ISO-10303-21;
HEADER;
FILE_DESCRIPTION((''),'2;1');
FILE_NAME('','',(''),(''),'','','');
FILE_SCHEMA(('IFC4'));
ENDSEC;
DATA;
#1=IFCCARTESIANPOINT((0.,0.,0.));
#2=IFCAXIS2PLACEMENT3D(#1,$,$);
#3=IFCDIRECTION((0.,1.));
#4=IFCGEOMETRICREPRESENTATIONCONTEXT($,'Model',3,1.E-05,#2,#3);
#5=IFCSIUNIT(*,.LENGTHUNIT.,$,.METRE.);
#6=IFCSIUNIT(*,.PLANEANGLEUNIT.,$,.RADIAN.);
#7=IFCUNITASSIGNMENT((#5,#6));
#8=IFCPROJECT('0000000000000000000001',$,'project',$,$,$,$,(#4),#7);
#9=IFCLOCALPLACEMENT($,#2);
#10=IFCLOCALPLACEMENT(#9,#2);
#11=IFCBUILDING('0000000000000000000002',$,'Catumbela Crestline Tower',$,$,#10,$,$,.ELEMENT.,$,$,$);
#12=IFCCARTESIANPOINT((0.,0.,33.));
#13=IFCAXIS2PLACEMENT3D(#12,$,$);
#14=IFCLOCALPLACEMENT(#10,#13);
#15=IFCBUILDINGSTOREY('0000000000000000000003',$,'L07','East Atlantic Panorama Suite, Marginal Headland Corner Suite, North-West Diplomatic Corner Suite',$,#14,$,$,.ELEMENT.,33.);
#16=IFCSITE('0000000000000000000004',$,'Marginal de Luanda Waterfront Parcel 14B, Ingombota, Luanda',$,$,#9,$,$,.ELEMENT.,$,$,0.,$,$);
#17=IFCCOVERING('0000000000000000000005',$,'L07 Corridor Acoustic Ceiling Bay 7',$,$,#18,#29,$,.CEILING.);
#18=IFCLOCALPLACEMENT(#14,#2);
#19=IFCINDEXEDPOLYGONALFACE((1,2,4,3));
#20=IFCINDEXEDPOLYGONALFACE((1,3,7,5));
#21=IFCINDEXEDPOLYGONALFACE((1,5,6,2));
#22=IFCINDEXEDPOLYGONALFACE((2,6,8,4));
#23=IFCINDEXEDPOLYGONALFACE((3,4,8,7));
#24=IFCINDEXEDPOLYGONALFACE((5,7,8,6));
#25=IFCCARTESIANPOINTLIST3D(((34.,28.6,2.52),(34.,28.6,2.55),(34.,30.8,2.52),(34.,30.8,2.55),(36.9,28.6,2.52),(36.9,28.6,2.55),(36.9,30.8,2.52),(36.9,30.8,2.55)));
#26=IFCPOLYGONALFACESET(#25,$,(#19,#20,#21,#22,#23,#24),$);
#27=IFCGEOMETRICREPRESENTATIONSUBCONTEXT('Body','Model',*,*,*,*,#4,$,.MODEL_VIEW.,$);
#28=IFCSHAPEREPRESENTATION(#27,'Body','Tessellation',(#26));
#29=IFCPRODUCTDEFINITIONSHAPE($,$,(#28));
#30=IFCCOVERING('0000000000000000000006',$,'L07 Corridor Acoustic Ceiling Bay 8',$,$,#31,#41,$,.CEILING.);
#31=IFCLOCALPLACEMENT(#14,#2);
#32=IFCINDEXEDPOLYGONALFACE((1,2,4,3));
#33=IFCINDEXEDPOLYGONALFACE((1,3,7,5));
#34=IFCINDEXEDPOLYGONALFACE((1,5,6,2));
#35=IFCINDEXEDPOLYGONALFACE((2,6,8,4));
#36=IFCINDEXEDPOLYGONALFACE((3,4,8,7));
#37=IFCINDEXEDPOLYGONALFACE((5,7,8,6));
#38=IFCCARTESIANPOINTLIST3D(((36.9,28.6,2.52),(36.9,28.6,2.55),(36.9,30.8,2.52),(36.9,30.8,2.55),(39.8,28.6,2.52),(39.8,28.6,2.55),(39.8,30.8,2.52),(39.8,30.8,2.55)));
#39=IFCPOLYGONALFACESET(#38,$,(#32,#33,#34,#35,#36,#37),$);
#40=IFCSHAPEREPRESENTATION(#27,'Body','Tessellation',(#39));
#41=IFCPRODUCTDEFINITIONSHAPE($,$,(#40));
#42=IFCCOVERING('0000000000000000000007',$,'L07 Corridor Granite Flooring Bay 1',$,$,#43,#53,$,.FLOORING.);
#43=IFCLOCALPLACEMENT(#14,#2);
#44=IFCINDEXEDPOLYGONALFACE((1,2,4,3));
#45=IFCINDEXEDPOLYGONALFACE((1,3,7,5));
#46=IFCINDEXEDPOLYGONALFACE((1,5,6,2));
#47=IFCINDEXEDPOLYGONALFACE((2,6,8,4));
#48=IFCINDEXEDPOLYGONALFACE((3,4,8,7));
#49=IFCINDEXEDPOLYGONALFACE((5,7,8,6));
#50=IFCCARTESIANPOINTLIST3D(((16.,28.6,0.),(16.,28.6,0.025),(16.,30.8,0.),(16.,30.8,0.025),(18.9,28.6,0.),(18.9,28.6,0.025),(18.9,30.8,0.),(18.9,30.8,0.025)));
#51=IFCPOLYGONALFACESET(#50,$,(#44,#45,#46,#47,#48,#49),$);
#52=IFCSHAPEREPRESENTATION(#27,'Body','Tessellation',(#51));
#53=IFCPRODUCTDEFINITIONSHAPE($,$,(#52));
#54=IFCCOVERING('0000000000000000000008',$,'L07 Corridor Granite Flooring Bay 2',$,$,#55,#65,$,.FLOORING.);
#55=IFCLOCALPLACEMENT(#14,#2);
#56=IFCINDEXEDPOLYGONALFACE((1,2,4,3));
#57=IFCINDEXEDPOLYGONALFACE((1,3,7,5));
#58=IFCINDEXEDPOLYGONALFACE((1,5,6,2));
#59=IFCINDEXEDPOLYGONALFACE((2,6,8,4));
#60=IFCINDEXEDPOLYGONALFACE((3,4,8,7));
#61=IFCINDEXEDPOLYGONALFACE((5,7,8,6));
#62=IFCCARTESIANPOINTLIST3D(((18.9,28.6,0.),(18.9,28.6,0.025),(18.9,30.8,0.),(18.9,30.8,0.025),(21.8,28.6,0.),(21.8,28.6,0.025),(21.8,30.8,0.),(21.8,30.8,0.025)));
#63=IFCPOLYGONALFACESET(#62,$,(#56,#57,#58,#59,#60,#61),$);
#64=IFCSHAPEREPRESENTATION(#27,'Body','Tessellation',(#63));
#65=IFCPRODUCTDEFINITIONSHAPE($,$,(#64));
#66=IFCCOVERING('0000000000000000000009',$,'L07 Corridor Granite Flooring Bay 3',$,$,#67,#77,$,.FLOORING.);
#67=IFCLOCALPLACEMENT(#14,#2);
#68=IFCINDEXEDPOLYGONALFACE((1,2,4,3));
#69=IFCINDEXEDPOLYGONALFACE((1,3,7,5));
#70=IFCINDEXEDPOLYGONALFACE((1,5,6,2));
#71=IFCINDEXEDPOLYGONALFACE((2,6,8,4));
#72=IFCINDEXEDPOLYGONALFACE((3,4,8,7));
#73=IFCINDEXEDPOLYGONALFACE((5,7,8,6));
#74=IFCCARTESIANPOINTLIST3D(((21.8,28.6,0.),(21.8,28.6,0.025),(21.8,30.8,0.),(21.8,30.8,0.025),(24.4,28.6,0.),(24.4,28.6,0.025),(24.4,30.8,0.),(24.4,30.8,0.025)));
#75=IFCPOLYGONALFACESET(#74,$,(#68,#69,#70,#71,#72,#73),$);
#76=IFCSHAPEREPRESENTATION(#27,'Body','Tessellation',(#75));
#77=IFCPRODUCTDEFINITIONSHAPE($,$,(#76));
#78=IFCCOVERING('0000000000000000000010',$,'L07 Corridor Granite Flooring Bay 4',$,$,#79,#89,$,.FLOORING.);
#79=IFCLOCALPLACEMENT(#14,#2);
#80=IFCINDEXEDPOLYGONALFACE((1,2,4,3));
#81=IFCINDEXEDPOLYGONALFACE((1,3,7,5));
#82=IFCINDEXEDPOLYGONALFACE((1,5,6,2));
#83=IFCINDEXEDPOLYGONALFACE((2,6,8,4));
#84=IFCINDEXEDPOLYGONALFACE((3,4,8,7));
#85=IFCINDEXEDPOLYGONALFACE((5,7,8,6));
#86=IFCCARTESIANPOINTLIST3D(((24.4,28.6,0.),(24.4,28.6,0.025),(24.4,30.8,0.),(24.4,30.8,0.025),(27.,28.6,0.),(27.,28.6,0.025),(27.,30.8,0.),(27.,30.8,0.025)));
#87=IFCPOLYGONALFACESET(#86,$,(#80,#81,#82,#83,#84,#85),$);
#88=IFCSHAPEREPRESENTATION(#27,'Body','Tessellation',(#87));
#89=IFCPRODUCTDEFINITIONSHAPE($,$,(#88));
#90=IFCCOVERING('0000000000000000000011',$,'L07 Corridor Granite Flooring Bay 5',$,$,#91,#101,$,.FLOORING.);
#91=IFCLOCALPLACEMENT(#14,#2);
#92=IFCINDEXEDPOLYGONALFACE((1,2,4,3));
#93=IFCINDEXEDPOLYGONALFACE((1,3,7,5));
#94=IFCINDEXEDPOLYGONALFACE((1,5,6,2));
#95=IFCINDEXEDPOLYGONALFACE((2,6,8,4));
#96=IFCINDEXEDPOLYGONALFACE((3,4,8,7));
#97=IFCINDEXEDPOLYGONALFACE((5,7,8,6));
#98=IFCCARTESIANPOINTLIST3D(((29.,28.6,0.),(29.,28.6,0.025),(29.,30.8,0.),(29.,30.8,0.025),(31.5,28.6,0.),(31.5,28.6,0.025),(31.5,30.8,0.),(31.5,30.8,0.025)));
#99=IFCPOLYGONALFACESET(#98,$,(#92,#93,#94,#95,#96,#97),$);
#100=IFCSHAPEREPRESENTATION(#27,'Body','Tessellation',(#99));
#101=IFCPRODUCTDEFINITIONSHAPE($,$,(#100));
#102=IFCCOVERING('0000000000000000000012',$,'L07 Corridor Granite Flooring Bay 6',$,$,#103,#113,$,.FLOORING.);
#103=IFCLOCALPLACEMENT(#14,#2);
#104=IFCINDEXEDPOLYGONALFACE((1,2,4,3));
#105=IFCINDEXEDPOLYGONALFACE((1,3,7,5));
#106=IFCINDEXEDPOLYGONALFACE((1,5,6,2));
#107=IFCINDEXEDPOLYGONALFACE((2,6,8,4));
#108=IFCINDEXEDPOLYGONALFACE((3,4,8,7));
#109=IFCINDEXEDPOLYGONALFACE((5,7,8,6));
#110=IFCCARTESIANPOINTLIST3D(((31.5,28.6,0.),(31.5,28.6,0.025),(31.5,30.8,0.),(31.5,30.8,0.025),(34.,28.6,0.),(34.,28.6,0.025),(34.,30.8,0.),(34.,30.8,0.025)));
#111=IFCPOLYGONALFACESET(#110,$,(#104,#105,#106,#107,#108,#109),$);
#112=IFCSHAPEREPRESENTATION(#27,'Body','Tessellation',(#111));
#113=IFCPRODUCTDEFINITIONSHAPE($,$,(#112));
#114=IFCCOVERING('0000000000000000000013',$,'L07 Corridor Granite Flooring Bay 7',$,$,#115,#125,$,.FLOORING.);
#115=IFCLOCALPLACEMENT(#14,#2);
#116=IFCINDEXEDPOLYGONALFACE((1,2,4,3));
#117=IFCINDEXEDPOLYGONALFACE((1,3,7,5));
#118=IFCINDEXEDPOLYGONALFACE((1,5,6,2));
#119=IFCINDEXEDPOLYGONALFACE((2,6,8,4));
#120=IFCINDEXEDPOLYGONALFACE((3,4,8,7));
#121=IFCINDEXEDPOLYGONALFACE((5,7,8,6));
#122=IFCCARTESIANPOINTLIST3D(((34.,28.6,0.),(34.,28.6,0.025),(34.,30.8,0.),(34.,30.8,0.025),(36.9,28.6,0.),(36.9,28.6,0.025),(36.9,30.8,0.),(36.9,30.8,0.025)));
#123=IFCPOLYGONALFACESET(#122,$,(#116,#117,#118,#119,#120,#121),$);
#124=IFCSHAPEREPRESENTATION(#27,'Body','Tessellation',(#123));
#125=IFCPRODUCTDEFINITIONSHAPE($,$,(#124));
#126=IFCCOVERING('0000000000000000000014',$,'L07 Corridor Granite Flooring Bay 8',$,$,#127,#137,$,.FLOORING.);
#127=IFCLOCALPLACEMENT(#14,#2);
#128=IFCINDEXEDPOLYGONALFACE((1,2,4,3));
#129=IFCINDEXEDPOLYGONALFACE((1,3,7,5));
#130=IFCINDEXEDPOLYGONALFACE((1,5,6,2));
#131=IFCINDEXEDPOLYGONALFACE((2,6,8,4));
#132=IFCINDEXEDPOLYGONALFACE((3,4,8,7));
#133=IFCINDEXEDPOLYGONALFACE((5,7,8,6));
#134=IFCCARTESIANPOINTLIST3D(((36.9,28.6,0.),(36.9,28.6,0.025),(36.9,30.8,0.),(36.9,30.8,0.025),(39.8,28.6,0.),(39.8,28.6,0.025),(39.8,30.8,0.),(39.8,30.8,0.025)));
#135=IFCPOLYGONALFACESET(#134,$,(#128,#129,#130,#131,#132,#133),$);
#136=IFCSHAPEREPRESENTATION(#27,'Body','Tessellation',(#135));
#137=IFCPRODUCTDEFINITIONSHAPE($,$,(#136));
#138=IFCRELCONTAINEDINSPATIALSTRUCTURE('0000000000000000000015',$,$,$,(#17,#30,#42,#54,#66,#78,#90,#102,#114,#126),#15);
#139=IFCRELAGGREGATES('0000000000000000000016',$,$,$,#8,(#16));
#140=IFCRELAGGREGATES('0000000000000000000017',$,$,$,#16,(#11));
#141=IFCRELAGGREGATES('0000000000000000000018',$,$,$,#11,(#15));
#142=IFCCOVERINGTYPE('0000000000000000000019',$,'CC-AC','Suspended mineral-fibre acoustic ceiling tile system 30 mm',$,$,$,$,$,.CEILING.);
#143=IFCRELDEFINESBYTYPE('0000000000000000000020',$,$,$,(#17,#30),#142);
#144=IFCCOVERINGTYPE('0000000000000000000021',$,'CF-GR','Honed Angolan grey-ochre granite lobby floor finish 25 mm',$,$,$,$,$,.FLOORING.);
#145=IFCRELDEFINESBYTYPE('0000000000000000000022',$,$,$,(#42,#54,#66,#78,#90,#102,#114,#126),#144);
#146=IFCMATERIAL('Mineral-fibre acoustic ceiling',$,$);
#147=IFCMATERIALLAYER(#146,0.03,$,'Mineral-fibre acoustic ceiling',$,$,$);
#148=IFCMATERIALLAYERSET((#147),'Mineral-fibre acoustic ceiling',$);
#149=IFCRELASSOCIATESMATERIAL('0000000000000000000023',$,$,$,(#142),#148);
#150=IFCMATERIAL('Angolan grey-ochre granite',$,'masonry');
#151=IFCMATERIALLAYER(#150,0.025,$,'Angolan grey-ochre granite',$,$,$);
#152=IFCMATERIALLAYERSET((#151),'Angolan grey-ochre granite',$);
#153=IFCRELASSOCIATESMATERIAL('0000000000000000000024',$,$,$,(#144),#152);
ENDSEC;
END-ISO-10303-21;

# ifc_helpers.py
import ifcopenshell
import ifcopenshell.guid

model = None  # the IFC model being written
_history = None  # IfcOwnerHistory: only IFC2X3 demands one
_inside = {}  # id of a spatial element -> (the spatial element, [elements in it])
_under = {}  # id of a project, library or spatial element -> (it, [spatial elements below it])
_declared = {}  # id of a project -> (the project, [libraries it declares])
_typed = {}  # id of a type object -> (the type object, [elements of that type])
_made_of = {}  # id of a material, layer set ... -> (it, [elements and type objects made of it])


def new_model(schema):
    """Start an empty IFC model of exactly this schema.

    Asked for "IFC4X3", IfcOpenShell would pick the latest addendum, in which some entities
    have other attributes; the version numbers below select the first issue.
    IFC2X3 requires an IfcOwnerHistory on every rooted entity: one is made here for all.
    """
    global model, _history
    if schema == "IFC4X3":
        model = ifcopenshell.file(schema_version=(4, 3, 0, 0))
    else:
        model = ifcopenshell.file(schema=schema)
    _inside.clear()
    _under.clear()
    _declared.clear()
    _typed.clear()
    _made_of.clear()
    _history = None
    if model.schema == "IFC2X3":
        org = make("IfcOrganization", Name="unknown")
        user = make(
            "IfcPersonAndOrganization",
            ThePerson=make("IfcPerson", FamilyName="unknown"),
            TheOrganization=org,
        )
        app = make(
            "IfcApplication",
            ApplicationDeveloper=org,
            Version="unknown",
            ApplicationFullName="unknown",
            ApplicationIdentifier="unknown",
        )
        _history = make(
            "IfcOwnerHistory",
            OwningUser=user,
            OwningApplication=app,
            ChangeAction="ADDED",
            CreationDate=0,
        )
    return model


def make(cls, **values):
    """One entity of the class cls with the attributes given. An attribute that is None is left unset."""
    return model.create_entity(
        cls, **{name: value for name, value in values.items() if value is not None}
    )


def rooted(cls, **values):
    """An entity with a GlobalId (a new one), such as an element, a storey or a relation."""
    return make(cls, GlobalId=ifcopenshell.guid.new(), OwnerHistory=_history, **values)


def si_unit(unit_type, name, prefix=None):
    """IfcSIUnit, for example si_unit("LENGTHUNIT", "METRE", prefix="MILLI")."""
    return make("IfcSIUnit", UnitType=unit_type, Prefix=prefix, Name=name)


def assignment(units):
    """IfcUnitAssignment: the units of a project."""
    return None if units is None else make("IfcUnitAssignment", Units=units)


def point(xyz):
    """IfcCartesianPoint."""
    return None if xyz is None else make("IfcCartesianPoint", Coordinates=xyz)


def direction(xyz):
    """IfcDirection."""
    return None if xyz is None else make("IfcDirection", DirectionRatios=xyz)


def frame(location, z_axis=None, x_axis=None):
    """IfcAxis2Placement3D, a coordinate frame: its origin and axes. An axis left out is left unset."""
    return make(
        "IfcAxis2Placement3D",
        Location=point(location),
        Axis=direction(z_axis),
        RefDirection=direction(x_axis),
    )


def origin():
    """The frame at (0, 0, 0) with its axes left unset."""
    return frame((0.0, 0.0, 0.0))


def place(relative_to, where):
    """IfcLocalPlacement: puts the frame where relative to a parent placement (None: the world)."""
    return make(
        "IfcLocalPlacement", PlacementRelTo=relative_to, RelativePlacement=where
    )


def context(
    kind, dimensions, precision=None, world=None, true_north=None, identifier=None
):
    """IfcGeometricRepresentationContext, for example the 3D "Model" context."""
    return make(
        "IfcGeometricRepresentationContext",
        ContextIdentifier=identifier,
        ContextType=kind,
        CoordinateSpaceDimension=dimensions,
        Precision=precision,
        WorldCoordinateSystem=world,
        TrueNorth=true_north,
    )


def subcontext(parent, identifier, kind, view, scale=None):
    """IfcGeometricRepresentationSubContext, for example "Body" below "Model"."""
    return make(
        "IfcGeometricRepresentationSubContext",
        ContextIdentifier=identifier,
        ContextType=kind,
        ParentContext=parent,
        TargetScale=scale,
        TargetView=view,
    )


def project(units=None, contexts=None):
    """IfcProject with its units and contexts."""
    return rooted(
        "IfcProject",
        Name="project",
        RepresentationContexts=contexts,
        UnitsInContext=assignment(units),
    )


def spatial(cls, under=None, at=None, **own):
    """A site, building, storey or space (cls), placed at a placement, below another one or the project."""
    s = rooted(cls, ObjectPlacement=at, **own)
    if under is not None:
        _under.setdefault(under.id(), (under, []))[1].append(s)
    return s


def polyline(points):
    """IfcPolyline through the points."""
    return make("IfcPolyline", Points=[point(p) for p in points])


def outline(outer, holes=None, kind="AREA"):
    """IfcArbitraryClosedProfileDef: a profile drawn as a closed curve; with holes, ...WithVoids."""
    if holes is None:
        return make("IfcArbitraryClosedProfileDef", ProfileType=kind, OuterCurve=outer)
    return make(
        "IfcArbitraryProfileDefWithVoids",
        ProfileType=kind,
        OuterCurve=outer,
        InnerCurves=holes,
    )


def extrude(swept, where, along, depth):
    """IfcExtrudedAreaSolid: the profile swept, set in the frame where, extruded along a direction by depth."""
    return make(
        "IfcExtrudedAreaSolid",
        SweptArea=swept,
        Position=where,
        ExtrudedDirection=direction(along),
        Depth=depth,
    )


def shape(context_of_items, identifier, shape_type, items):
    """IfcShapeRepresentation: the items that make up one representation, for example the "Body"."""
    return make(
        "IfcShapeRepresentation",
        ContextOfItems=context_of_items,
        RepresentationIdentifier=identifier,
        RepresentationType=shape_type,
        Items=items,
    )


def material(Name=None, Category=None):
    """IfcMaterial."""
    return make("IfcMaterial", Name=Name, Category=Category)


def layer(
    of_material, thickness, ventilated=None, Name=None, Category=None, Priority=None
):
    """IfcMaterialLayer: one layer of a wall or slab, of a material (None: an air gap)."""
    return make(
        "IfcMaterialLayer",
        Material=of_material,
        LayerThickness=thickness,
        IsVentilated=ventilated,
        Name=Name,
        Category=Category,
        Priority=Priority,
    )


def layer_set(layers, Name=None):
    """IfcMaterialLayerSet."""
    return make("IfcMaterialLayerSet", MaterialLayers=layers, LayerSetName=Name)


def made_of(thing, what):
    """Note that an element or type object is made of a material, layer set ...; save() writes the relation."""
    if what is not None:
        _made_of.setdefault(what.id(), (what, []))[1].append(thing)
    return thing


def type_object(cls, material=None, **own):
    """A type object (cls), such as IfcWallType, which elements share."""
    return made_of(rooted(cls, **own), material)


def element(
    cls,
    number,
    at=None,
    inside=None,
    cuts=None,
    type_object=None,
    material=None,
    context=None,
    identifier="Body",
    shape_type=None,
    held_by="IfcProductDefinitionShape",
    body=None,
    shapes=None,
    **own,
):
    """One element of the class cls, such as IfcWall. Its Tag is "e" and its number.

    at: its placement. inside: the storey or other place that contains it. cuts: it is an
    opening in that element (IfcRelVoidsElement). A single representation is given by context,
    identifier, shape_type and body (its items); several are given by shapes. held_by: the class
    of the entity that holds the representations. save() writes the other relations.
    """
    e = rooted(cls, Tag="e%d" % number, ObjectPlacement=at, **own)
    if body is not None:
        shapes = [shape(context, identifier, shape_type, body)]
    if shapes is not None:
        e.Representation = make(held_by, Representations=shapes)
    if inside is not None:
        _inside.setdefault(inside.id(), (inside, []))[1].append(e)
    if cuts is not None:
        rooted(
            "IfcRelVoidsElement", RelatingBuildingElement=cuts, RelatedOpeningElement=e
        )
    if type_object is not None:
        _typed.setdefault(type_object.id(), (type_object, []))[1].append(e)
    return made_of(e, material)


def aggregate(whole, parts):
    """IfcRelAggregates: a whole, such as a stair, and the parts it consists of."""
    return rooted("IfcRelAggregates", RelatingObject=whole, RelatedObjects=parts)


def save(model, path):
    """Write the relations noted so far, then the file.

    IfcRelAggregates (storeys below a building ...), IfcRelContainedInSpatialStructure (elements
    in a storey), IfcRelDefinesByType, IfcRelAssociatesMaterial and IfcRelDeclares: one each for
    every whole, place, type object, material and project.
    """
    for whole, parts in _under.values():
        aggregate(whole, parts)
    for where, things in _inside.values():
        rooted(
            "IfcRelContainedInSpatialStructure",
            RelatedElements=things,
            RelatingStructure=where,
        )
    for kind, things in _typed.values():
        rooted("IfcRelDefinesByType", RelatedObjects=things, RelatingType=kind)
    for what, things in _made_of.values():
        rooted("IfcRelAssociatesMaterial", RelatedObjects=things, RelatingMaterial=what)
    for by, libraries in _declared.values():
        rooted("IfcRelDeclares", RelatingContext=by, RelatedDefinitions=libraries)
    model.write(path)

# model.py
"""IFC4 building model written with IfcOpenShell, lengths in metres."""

from ifc_helpers import new_model, si_unit, direction, frame, origin, place, context, subcontext, project, spatial, polyline, outline, extrude, material, layer, layer_set, type_object, element, save


model = new_model("IFC4")

# Units and contexts
model_context = context("Model", 3, precision=1e-05, world=origin(), true_north=direction((0.0, 1.0)))
body_context = subcontext(model_context, "Body", "Model", "MODEL_VIEW")
ifc_project = project(units=[si_unit("LENGTHUNIT", "METRE"), si_unit("PLANEANGLEUNIT", "RADIAN")], contexts=[model_context])

# Site, building, storey
site_placement = place(None, origin())
site = spatial("IfcSite", under=ifc_project, at=site_placement, Name="Marginal de Luanda Waterfront Parcel 14B, Ingombota, Luanda", CompositionType="ELEMENT", RefElevation=0.0)
building_placement = place(site_placement, origin())
building = spatial("IfcBuilding", under=site, at=building_placement, Name="Catumbela Crestline Tower", CompositionType="ELEMENT")
storey_placement = place(building_placement, frame((0.0, 0.0, 33.0)))
storey = spatial("IfcBuildingStorey", under=building, at=storey_placement, Name="L07", Description="East Atlantic Panorama Suite, Marginal Headland Corner Suite, North-West Diplomatic Corner Suite", CompositionType="ELEMENT", Elevation=33.0)

# Shared definitions
ifc_material_1 = material(Name="Angolan grey-ochre granite", Category="masonry")

# Coverings
ifc_material_2 = material(Name="Mineral-fibre acoustic ceiling")
ifc_layer_1 = layer(ifc_material_2, 0.03, Name="Mineral-fibre acoustic ceiling")
ifc_layer_set_1 = layer_set([ifc_layer_1], Name="Mineral-fibre acoustic ceiling")
covering_type_1 = type_object("IfcCoveringType", Name="CC-AC", Description="Suspended mineral-fibre acoustic ceiling tile system 30 mm", PredefinedType="CEILING", material=ifc_layer_set_1)
covering_1_placement = place(storey_placement, frame((0.0, 0.0, 2.52)))
element("IfcCovering", 1, at=covering_1_placement, inside=storey, type_object=covering_type_1, Name="L07 Corridor Acoustic Ceiling Bay 7", PredefinedType="CEILING", context=body_context, shape_type="SweptSolid", body=[
    extrude(outline(polyline([(34.0, 28.6), (36.9, 28.6), (36.9, 30.8), (34.0, 30.8), (34.0, 28.6)])), origin(), (0.0, 0.0, 1.0), 0.03),
])
covering_2_placement = place(storey_placement, frame((0.0, 0.0, 2.52)))
element("IfcCovering", 2, at=covering_2_placement, inside=storey, type_object=covering_type_1, Name="L07 Corridor Acoustic Ceiling Bay 8", PredefinedType="CEILING", context=body_context, shape_type="SweptSolid", body=[
    extrude(outline(polyline([(36.9, 28.6), (39.8, 28.6), (39.8, 30.8), (36.9, 30.8), (36.9, 28.6)])), origin(), (0.0, 0.0, 1.0), 0.03),
])
ifc_layer_2 = layer(ifc_material_1, 0.025, Name="Angolan grey-ochre granite")
ifc_layer_set_2 = layer_set([ifc_layer_2], Name="Angolan grey-ochre granite")
covering_type_2 = type_object("IfcCoveringType", Name="CF-GR", Description="Honed Angolan grey-ochre granite lobby floor finish 25 mm", PredefinedType="FLOORING", material=ifc_layer_set_2)
covering_3_placement = place(storey_placement, origin())
element("IfcCovering", 3, at=covering_3_placement, inside=storey, type_object=covering_type_2, Name="L07 Corridor Granite Flooring Bay 1", PredefinedType="FLOORING", context=body_context, shape_type="SweptSolid", body=[
    extrude(outline(polyline([(16.0, 28.6), (18.9, 28.6), (18.9, 30.8), (16.0, 30.8), (16.0, 28.6)])), origin(), (0.0, 0.0, 1.0), 0.025),
])
covering_4_placement = place(storey_placement, origin())
element("IfcCovering", 4, at=covering_4_placement, inside=storey, type_object=covering_type_2, Name="L07 Corridor Granite Flooring Bay 2", PredefinedType="FLOORING", context=body_context, shape_type="SweptSolid", body=[
    extrude(outline(polyline([(18.9, 28.6), (21.8, 28.6), (21.8, 30.8), (18.9, 30.8), (18.9, 28.6)])), origin(), (0.0, 0.0, 1.0), 0.025),
])
covering_5_placement = place(storey_placement, origin())
element("IfcCovering", 5, at=covering_5_placement, inside=storey, type_object=covering_type_2, Name="L07 Corridor Granite Flooring Bay 3", PredefinedType="FLOORING", context=body_context, shape_type="SweptSolid", body=[
    extrude(outline(polyline([(21.8, 28.6), (24.4, 28.6), (24.4, 30.8), (21.8, 30.8), (21.8, 28.6)])), origin(), (0.0, 0.0, 1.0), 0.025),
])
covering_6_placement = place(storey_placement, origin())
element("IfcCovering", 6, at=covering_6_placement, inside=storey, type_object=covering_type_2, Name="L07 Corridor Granite Flooring Bay 4", PredefinedType="FLOORING", context=body_context, shape_type="SweptSolid", body=[
    extrude(outline(polyline([(24.4, 28.6), (27.0, 28.6), (27.0, 30.8), (24.4, 30.8), (24.4, 28.6)])), origin(), (0.0, 0.0, 1.0), 0.025),
])
covering_7_placement = place(storey_placement, origin())
element("IfcCovering", 7, at=covering_7_placement, inside=storey, type_object=covering_type_2, Name="L07 Corridor Granite Flooring Bay 5", PredefinedType="FLOORING", context=body_context, shape_type="SweptSolid", body=[
    extrude(outline(polyline([(29.0, 28.6), (31.5, 28.6), (31.5, 30.8), (29.0, 30.8), (29.0, 28.6)])), origin(), (0.0, 0.0, 1.0), 0.025),
])
covering_8_placement = place(storey_placement, origin())
element("IfcCovering", 8, at=covering_8_placement, inside=storey, type_object=covering_type_2, Name="L07 Corridor Granite Flooring Bay 6", PredefinedType="FLOORING", context=body_context, shape_type="SweptSolid", body=[
    extrude(outline(polyline([(31.5, 28.6), (34.0, 28.6), (34.0, 30.8), (31.5, 30.8), (31.5, 28.6)])), origin(), (0.0, 0.0, 1.0), 0.025),
])
covering_9_placement = place(storey_placement, origin())
element("IfcCovering", 9, at=covering_9_placement, inside=storey, type_object=covering_type_2, Name="L07 Corridor Granite Flooring Bay 7", PredefinedType="FLOORING", context=body_context, shape_type="SweptSolid", body=[
    extrude(outline(polyline([(34.0, 28.6), (36.9, 28.6), (36.9, 30.8), (34.0, 30.8), (34.0, 28.6)])), origin(), (0.0, 0.0, 1.0), 0.025),
])
covering_10_placement = place(storey_placement, origin())
element("IfcCovering", 10, at=covering_10_placement, inside=storey, type_object=covering_type_2, Name="L07 Corridor Granite Flooring Bay 8", PredefinedType="FLOORING", context=body_context, shape_type="SweptSolid", body=[
    extrude(outline(polyline([(36.9, 28.6), (39.8, 28.6), (39.8, 30.8), (36.9, 30.8), (36.9, 28.6)])), origin(), (0.0, 0.0, 1.0), 0.025),
])

save(model, "model.ifc")
